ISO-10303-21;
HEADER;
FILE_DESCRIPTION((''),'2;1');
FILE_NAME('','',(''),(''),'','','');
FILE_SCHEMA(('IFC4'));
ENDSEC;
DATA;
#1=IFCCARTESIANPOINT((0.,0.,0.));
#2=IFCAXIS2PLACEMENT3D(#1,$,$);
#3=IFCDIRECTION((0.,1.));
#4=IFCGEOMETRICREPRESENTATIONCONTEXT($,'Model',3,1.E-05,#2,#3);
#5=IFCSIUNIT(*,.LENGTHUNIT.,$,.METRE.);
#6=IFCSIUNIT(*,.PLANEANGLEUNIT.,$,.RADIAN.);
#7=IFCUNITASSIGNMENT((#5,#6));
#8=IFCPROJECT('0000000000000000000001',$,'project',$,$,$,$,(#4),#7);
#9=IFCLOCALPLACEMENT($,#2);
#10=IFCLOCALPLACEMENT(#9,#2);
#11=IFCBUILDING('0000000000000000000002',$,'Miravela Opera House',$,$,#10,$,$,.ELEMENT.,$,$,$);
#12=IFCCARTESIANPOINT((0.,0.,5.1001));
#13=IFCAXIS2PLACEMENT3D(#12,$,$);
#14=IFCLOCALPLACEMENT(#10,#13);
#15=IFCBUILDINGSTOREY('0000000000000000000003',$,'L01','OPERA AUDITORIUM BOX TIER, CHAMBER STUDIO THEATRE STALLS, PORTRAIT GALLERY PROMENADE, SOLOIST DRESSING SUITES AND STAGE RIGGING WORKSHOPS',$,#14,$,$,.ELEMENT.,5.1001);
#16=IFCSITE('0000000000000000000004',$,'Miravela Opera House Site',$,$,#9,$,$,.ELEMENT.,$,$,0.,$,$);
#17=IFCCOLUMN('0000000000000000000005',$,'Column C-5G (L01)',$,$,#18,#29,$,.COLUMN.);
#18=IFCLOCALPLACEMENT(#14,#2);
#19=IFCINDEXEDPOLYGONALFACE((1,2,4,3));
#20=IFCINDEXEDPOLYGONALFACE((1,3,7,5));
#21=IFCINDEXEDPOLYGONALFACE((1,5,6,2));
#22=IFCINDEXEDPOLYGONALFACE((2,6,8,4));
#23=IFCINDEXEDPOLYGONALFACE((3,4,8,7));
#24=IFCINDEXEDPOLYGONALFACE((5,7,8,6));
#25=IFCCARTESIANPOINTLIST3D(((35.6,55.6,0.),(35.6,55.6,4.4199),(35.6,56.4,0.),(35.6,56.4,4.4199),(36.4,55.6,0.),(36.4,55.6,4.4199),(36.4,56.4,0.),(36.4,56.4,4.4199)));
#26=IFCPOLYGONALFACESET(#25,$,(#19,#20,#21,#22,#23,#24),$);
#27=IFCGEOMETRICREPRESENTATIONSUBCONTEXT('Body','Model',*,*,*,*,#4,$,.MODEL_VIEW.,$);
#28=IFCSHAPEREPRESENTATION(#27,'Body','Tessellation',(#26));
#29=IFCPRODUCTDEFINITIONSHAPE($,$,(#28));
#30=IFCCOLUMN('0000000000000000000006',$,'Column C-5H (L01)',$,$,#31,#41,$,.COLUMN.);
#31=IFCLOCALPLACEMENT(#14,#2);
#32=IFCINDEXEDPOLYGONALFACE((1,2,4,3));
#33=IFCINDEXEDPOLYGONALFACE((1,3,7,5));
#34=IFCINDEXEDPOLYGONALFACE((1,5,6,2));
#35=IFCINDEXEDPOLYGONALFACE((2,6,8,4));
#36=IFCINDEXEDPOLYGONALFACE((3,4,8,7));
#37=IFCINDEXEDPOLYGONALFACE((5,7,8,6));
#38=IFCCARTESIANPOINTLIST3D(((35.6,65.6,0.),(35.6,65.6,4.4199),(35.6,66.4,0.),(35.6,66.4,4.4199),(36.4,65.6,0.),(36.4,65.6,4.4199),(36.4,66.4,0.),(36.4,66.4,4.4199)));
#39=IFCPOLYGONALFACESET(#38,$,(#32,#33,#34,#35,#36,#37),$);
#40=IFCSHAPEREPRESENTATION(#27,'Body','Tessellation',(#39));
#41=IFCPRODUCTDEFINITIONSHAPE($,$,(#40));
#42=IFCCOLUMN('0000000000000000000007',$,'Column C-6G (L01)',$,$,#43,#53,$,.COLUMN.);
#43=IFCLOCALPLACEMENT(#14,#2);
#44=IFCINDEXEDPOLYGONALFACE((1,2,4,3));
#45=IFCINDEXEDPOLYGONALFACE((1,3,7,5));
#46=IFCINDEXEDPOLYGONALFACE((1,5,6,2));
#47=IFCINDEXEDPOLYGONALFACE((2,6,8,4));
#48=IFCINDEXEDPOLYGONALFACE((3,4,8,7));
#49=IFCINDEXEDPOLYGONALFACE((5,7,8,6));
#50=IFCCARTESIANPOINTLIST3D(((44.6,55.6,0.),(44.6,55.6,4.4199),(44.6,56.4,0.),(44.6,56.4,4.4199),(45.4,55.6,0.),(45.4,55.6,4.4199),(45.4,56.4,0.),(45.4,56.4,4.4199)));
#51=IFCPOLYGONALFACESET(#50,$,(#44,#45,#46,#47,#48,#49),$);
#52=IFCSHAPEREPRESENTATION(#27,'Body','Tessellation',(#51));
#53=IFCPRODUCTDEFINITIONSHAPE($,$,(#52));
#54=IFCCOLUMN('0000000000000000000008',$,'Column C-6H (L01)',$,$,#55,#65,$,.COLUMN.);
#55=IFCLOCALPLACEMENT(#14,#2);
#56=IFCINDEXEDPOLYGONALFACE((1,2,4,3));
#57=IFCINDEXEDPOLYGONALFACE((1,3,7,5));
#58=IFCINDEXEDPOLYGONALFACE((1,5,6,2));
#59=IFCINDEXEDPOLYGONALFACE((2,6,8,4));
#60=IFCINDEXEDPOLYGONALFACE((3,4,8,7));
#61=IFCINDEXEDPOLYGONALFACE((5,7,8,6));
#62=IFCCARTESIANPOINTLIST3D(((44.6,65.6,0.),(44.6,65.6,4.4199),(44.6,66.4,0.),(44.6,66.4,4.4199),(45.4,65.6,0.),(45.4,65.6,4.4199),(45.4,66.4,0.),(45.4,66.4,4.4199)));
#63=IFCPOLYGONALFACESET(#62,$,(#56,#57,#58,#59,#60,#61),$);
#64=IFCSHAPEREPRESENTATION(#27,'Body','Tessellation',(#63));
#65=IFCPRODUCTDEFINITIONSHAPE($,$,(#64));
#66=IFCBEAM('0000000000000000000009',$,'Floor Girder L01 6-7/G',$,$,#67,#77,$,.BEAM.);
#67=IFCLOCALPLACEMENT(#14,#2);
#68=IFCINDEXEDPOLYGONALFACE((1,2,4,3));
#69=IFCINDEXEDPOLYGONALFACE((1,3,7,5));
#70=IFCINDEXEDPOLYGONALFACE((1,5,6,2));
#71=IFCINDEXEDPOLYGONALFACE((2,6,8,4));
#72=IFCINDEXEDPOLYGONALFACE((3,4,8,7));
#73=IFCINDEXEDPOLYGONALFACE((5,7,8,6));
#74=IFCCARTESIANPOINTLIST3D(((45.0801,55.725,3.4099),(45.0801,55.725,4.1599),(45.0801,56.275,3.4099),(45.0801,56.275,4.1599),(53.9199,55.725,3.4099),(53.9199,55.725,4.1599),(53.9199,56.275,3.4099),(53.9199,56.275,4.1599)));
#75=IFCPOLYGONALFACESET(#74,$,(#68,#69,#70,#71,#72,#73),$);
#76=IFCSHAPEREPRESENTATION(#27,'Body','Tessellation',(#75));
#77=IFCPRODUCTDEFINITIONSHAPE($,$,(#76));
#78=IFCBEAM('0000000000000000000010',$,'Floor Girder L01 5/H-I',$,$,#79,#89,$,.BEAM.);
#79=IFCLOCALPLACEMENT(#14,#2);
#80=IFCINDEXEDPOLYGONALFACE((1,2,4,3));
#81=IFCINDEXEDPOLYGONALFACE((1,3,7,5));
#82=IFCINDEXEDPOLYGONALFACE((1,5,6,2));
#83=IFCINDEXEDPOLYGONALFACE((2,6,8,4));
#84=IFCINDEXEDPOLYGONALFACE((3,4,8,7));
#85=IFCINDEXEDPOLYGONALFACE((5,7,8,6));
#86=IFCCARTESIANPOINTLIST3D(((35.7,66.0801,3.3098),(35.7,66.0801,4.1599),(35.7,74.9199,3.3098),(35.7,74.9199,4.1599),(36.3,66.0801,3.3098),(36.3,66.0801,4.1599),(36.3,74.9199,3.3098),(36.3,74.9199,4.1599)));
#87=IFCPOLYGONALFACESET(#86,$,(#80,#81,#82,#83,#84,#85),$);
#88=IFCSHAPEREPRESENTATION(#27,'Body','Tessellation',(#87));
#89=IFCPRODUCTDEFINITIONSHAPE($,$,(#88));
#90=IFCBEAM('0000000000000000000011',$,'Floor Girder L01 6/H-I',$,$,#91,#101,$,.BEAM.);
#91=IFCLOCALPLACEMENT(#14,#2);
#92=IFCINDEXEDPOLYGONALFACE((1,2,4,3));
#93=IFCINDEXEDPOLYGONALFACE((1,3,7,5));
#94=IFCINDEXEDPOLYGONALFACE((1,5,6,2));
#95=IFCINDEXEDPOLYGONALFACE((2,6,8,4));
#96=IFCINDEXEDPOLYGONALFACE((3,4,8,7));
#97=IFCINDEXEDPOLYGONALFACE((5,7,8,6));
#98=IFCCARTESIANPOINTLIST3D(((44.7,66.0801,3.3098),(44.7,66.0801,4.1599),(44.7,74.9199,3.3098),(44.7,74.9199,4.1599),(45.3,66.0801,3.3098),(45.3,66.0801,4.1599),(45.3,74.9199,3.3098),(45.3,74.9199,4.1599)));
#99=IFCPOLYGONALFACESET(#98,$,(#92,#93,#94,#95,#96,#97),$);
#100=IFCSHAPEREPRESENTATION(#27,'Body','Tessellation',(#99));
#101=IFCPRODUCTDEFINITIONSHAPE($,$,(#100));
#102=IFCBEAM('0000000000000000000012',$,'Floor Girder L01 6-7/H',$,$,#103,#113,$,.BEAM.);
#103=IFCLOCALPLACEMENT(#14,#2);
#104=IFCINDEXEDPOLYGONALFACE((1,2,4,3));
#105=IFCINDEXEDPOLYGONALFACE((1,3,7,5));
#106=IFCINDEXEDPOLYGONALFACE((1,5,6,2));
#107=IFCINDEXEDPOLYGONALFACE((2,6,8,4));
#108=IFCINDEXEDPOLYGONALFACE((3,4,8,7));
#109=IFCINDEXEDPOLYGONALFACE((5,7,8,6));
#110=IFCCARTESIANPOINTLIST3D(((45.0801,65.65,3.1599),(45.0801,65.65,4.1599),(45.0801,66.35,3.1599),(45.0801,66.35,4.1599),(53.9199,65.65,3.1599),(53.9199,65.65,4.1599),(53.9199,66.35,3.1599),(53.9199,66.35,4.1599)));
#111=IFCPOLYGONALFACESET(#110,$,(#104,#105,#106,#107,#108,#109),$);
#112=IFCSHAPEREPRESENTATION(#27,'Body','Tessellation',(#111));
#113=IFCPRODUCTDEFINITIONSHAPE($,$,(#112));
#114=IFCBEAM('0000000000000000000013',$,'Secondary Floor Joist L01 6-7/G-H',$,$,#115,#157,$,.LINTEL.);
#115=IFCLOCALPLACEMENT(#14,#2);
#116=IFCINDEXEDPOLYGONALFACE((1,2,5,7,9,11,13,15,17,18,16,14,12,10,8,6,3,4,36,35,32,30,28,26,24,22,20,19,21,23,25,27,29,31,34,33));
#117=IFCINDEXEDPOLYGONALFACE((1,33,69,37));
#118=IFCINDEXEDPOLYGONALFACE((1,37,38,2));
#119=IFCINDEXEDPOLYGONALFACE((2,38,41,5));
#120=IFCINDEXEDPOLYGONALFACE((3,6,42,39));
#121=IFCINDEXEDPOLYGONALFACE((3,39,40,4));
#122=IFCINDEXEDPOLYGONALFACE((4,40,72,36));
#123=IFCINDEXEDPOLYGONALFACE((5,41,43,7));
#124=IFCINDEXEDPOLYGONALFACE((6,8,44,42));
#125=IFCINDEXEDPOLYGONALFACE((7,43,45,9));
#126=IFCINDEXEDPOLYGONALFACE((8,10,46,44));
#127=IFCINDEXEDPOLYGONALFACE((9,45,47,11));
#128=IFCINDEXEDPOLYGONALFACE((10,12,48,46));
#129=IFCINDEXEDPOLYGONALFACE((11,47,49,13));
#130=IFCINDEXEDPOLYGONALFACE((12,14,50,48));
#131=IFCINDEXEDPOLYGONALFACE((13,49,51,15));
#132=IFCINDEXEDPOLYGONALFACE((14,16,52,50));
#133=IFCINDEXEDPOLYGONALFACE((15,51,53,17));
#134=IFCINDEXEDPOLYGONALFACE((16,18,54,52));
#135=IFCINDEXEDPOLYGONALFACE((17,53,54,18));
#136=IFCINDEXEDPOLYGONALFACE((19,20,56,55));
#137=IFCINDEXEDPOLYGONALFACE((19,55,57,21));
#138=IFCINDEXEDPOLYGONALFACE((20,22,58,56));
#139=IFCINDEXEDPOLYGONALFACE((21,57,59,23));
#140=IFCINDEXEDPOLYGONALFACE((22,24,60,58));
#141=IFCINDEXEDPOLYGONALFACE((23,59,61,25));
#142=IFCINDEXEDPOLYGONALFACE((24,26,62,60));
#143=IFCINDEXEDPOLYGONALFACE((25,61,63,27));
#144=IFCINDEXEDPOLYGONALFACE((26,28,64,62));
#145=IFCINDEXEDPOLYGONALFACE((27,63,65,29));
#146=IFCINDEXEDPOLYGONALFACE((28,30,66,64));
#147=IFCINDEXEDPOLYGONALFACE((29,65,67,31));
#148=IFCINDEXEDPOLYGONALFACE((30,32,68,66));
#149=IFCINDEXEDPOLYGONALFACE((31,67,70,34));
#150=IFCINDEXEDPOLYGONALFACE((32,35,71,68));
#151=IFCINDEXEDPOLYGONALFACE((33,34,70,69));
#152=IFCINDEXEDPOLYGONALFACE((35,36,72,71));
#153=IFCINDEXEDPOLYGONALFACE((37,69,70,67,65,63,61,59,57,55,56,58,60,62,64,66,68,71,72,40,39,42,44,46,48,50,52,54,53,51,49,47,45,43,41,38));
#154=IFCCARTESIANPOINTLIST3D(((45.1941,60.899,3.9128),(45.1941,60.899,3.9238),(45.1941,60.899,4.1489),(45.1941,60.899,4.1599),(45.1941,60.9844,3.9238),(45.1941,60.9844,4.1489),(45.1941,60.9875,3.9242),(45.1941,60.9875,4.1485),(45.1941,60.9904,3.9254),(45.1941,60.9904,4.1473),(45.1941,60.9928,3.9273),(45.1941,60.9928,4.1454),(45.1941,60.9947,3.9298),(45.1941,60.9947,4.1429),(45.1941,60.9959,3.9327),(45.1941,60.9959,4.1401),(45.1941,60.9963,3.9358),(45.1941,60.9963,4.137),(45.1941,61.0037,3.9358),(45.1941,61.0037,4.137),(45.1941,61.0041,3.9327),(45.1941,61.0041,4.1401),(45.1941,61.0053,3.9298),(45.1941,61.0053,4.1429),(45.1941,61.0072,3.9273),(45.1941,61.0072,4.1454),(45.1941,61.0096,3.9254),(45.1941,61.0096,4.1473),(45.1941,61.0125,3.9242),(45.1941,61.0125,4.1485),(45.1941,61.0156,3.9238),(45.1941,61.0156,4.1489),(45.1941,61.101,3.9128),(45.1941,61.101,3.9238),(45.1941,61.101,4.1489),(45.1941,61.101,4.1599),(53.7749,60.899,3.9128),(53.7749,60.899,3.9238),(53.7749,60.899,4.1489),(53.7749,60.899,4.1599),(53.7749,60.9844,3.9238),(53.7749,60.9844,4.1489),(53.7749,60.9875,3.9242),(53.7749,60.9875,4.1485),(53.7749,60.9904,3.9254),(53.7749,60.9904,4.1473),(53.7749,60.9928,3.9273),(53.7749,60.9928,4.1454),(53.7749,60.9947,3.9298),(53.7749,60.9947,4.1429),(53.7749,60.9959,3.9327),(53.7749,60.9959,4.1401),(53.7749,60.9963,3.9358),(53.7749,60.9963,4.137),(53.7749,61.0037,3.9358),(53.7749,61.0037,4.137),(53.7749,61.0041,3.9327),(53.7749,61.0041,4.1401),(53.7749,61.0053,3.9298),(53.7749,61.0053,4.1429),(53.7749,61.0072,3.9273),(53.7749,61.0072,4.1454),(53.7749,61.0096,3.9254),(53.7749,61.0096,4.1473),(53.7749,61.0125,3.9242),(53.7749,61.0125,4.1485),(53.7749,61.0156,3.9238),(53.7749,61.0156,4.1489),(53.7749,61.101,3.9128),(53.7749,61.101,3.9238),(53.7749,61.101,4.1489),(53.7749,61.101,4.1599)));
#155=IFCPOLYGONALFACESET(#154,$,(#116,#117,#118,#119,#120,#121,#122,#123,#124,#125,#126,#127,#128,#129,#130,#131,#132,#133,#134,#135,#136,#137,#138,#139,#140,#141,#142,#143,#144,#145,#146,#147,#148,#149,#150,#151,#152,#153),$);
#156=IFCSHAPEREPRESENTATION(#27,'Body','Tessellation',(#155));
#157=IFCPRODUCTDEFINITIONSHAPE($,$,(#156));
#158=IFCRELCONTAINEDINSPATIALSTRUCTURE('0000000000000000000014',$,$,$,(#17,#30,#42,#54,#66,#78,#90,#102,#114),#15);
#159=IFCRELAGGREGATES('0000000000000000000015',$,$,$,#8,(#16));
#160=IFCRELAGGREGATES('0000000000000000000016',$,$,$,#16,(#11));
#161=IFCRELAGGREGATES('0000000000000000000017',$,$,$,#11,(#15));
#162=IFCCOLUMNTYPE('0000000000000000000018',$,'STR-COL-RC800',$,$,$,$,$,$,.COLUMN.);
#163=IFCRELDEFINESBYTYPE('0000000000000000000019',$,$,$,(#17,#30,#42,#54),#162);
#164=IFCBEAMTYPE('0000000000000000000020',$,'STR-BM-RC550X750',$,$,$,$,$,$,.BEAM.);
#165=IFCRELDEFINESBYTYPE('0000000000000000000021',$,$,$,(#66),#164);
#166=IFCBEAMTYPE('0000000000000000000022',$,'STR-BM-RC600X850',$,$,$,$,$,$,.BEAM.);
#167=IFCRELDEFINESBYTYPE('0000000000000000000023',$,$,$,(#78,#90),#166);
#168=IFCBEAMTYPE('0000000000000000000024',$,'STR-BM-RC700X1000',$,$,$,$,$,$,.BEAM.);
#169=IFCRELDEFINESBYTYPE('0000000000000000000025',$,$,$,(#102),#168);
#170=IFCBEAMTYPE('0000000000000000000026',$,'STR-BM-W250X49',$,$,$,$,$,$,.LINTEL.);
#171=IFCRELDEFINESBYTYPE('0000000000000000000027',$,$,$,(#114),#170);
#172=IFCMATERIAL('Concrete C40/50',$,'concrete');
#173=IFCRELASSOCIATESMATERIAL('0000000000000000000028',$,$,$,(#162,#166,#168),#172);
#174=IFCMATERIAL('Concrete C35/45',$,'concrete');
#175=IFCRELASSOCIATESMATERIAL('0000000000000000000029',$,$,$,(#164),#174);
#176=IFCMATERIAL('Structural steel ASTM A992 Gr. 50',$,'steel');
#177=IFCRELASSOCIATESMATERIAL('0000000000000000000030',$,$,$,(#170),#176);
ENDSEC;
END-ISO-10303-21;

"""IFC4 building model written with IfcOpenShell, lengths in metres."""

from ifc_helpers import new_model, si_unit, direction, frame, origin, origin_2d, place, context, subcontext, project, spatial, rectangle, i_section, extrude, material, material_profile, profile_set, type_object, element, save


model = new_model("IFC4")

# Units and contexts
model_context = context("Model", 3, precision=1e-05, world=origin(), true_north=direction((0.0, 1.0)))
body_context = subcontext(model_context, "Body", "Model", "MODEL_VIEW")
ifc_project = project(units=[si_unit("LENGTHUNIT", "METRE"), si_unit("PLANEANGLEUNIT", "RADIAN")], contexts=[model_context])

# Site, building, storey
site_placement = place(None, origin())
site = spatial("IfcSite", under=ifc_project, at=site_placement, Name="Miravela Opera House Site", CompositionType="ELEMENT", RefElevation=0.0)
building_placement = place(site_placement, origin())
building = spatial("IfcBuilding", under=site, at=building_placement, Name="Miravela Opera House", CompositionType="ELEMENT")
storey_placement = place(building_placement, frame((0.0, 0.0, 5.1001)))
storey = spatial("IfcBuildingStorey", under=building, at=storey_placement, Name="L01", Description="OPERA AUDITORIUM BOX TIER, CHAMBER STUDIO THEATRE STALLS, PORTRAIT GALLERY PROMENADE, SOLOIST DRESSING SUITES AND STAGE RIGGING WORKSHOPS", CompositionType="ELEMENT", Elevation=5.1001)

# Columns
ifc_material_1 = material(Name="Concrete C40/50", Category="concrete")
ifc_material_profile_1 = material_profile(ifc_material_1, rectangle(XDim=0.8, YDim=0.8, at=origin_2d()), Name="RC-COL-800X800")
ifc_profile_set_1 = profile_set([ifc_material_profile_1])
column_type = type_object("IfcColumnType", Name="STR-COL-RC800", PredefinedType="COLUMN", material=ifc_profile_set_1)
for number, where, z_axis, x_axis, name in (
    (1, (36.0, 56.0, 0.0), (0.0, 0.0, 1.0), (1.0, 0.0, 0.0), "Column C-5G (L01)"),
    (2, (36.0, 66.0, 0.0), (0.0, 0.0, 1.0), (1.0, 0.0, 0.0), "Column C-5H (L01)"),
    (3, (45.0, 56.0, 0.0), (0.0, 0.0, 1.0), (1.0, 0.0, 0.0), "Column C-6G (L01)"),
    (4, (45.0, 66.0, 0.0), (0.0, 0.0, 1.0), (1.0, 0.0, 0.0), "Column C-6H (L01)"),
):
    element("IfcColumn", number, at=place(storey_placement, frame(where, z_axis=z_axis, x_axis=x_axis)), inside=storey, type_object=column_type, Name=name, PredefinedType="COLUMN", context=body_context, shape_type="SweptSolid", body=[
        extrude(rectangle(XDim=0.8, YDim=0.8, at=origin_2d()), origin(), (0.0, 0.0, 1.0), 4.4199),
    ])

# Beams
ifc_material_2 = material(Name="Concrete C35/45", Category="concrete")
ifc_material_profile_2 = material_profile(ifc_material_2, rectangle(XDim=0.55, YDim=0.75, at=origin_2d()), Name="RC-BM-550X750")
ifc_profile_set_2 = profile_set([ifc_material_profile_2])
beam_type_1 = type_object("IfcBeamType", Name="STR-BM-RC550X750", PredefinedType="BEAM", material=ifc_profile_set_2)
beam_1_placement = place(storey_placement, frame((45.0801, 56.0, 3.7849), z_axis=(1.0, 0.0, 0.0), x_axis=(0.0, 1.0, 0.0)))
element("IfcBeam", 5, at=beam_1_placement, inside=storey, type_object=beam_type_1, Name="Floor Girder L01 6-7/G", PredefinedType="BEAM", context=body_context, shape_type="SweptSolid", body=[
    extrude(rectangle(XDim=0.55, YDim=0.75, at=origin_2d()), origin(), (0.0, 0.0, 1.0), 8.8398),
])
ifc_material_profile_3 = material_profile(ifc_material_1, rectangle(XDim=0.6001, YDim=0.8501, at=origin_2d()), Name="RC-BM-600X850")
ifc_profile_set_3 = profile_set([ifc_material_profile_3])
beam_type_2 = type_object("IfcBeamType", Name="STR-BM-RC600X850", PredefinedType="BEAM", material=ifc_profile_set_3)
for number, where, z_axis, x_axis, name in (
    (6, (36.0, 66.0801, 3.7349), (0.0, 1.0, 0.0), (-1.0, 0.0, 0.0), "Floor Girder L01 5/H-I"),
    (7, (45.0, 66.0801, 3.7349), (0.0, 1.0, 0.0), (-1.0, 0.0, 0.0), "Floor Girder L01 6/H-I"),
):
    element("IfcBeam", number, at=place(storey_placement, frame(where, z_axis=z_axis, x_axis=x_axis)), inside=storey, type_object=beam_type_2, Name=name, PredefinedType="BEAM", context=body_context, shape_type="SweptSolid", body=[
        extrude(rectangle(XDim=0.6001, YDim=0.8501, at=origin_2d()), origin(), (0.0, 0.0, 1.0), 8.8398),
    ])
ifc_material_profile_4 = material_profile(ifc_material_1, rectangle(XDim=0.7, YDim=1.0, at=origin_2d()), Name="RC-BM-700X1000")
ifc_profile_set_4 = profile_set([ifc_material_profile_4])
beam_type_3 = type_object("IfcBeamType", Name="STR-BM-RC700X1000", PredefinedType="BEAM", material=ifc_profile_set_4)
beam_2_placement = place(storey_placement, frame((45.0801, 66.0, 3.6599), z_axis=(1.0, 0.0, 0.0), x_axis=(0.0, 1.0, 0.0)))
element("IfcBeam", 8, at=beam_2_placement, inside=storey, type_object=beam_type_3, Name="Floor Girder L01 6-7/H", PredefinedType="BEAM", context=body_context, shape_type="SweptSolid", body=[
    extrude(rectangle(XDim=0.7, YDim=1.0, at=origin_2d()), origin(), (0.0, 0.0, 1.0), 8.8398),
])
ifc_material_3 = material(Name="Structural steel ASTM A992 Gr. 50", Category="steel")
ifc_material_profile_5 = material_profile(ifc_material_3, i_section(OverallWidth=0.2019, OverallDepth=0.2471, WebThickness=0.0073, FlangeThickness=0.011, FilletRadius=0.012, at=origin_2d()), Name="W250X49")
ifc_profile_set_5 = profile_set([ifc_material_profile_5])
beam_type_4 = type_object("IfcBeamType", Name="STR-BM-W250X49", PredefinedType="LINTEL", material=ifc_profile_set_5)
beam_3_placement = place(storey_placement, frame((45.1941, 61.0, 4.0364), z_axis=(1.0, 0.0, 0.0), x_axis=(0.0, 1.0, 0.0)))
element("IfcBeam", 9, at=beam_3_placement, inside=storey, type_object=beam_type_4, Name="Secondary Floor Joist L01 6-7/G-H", PredefinedType="LINTEL", context=body_context, shape_type="SweptSolid", body=[
    extrude(i_section(OverallWidth=0.2019, OverallDepth=0.2471, WebThickness=0.0073, FlangeThickness=0.011, FilletRadius=0.012, at=origin_2d()), origin(), (0.0, 0.0, 1.0), 8.5808),
])

save(model, "model.ifc")
